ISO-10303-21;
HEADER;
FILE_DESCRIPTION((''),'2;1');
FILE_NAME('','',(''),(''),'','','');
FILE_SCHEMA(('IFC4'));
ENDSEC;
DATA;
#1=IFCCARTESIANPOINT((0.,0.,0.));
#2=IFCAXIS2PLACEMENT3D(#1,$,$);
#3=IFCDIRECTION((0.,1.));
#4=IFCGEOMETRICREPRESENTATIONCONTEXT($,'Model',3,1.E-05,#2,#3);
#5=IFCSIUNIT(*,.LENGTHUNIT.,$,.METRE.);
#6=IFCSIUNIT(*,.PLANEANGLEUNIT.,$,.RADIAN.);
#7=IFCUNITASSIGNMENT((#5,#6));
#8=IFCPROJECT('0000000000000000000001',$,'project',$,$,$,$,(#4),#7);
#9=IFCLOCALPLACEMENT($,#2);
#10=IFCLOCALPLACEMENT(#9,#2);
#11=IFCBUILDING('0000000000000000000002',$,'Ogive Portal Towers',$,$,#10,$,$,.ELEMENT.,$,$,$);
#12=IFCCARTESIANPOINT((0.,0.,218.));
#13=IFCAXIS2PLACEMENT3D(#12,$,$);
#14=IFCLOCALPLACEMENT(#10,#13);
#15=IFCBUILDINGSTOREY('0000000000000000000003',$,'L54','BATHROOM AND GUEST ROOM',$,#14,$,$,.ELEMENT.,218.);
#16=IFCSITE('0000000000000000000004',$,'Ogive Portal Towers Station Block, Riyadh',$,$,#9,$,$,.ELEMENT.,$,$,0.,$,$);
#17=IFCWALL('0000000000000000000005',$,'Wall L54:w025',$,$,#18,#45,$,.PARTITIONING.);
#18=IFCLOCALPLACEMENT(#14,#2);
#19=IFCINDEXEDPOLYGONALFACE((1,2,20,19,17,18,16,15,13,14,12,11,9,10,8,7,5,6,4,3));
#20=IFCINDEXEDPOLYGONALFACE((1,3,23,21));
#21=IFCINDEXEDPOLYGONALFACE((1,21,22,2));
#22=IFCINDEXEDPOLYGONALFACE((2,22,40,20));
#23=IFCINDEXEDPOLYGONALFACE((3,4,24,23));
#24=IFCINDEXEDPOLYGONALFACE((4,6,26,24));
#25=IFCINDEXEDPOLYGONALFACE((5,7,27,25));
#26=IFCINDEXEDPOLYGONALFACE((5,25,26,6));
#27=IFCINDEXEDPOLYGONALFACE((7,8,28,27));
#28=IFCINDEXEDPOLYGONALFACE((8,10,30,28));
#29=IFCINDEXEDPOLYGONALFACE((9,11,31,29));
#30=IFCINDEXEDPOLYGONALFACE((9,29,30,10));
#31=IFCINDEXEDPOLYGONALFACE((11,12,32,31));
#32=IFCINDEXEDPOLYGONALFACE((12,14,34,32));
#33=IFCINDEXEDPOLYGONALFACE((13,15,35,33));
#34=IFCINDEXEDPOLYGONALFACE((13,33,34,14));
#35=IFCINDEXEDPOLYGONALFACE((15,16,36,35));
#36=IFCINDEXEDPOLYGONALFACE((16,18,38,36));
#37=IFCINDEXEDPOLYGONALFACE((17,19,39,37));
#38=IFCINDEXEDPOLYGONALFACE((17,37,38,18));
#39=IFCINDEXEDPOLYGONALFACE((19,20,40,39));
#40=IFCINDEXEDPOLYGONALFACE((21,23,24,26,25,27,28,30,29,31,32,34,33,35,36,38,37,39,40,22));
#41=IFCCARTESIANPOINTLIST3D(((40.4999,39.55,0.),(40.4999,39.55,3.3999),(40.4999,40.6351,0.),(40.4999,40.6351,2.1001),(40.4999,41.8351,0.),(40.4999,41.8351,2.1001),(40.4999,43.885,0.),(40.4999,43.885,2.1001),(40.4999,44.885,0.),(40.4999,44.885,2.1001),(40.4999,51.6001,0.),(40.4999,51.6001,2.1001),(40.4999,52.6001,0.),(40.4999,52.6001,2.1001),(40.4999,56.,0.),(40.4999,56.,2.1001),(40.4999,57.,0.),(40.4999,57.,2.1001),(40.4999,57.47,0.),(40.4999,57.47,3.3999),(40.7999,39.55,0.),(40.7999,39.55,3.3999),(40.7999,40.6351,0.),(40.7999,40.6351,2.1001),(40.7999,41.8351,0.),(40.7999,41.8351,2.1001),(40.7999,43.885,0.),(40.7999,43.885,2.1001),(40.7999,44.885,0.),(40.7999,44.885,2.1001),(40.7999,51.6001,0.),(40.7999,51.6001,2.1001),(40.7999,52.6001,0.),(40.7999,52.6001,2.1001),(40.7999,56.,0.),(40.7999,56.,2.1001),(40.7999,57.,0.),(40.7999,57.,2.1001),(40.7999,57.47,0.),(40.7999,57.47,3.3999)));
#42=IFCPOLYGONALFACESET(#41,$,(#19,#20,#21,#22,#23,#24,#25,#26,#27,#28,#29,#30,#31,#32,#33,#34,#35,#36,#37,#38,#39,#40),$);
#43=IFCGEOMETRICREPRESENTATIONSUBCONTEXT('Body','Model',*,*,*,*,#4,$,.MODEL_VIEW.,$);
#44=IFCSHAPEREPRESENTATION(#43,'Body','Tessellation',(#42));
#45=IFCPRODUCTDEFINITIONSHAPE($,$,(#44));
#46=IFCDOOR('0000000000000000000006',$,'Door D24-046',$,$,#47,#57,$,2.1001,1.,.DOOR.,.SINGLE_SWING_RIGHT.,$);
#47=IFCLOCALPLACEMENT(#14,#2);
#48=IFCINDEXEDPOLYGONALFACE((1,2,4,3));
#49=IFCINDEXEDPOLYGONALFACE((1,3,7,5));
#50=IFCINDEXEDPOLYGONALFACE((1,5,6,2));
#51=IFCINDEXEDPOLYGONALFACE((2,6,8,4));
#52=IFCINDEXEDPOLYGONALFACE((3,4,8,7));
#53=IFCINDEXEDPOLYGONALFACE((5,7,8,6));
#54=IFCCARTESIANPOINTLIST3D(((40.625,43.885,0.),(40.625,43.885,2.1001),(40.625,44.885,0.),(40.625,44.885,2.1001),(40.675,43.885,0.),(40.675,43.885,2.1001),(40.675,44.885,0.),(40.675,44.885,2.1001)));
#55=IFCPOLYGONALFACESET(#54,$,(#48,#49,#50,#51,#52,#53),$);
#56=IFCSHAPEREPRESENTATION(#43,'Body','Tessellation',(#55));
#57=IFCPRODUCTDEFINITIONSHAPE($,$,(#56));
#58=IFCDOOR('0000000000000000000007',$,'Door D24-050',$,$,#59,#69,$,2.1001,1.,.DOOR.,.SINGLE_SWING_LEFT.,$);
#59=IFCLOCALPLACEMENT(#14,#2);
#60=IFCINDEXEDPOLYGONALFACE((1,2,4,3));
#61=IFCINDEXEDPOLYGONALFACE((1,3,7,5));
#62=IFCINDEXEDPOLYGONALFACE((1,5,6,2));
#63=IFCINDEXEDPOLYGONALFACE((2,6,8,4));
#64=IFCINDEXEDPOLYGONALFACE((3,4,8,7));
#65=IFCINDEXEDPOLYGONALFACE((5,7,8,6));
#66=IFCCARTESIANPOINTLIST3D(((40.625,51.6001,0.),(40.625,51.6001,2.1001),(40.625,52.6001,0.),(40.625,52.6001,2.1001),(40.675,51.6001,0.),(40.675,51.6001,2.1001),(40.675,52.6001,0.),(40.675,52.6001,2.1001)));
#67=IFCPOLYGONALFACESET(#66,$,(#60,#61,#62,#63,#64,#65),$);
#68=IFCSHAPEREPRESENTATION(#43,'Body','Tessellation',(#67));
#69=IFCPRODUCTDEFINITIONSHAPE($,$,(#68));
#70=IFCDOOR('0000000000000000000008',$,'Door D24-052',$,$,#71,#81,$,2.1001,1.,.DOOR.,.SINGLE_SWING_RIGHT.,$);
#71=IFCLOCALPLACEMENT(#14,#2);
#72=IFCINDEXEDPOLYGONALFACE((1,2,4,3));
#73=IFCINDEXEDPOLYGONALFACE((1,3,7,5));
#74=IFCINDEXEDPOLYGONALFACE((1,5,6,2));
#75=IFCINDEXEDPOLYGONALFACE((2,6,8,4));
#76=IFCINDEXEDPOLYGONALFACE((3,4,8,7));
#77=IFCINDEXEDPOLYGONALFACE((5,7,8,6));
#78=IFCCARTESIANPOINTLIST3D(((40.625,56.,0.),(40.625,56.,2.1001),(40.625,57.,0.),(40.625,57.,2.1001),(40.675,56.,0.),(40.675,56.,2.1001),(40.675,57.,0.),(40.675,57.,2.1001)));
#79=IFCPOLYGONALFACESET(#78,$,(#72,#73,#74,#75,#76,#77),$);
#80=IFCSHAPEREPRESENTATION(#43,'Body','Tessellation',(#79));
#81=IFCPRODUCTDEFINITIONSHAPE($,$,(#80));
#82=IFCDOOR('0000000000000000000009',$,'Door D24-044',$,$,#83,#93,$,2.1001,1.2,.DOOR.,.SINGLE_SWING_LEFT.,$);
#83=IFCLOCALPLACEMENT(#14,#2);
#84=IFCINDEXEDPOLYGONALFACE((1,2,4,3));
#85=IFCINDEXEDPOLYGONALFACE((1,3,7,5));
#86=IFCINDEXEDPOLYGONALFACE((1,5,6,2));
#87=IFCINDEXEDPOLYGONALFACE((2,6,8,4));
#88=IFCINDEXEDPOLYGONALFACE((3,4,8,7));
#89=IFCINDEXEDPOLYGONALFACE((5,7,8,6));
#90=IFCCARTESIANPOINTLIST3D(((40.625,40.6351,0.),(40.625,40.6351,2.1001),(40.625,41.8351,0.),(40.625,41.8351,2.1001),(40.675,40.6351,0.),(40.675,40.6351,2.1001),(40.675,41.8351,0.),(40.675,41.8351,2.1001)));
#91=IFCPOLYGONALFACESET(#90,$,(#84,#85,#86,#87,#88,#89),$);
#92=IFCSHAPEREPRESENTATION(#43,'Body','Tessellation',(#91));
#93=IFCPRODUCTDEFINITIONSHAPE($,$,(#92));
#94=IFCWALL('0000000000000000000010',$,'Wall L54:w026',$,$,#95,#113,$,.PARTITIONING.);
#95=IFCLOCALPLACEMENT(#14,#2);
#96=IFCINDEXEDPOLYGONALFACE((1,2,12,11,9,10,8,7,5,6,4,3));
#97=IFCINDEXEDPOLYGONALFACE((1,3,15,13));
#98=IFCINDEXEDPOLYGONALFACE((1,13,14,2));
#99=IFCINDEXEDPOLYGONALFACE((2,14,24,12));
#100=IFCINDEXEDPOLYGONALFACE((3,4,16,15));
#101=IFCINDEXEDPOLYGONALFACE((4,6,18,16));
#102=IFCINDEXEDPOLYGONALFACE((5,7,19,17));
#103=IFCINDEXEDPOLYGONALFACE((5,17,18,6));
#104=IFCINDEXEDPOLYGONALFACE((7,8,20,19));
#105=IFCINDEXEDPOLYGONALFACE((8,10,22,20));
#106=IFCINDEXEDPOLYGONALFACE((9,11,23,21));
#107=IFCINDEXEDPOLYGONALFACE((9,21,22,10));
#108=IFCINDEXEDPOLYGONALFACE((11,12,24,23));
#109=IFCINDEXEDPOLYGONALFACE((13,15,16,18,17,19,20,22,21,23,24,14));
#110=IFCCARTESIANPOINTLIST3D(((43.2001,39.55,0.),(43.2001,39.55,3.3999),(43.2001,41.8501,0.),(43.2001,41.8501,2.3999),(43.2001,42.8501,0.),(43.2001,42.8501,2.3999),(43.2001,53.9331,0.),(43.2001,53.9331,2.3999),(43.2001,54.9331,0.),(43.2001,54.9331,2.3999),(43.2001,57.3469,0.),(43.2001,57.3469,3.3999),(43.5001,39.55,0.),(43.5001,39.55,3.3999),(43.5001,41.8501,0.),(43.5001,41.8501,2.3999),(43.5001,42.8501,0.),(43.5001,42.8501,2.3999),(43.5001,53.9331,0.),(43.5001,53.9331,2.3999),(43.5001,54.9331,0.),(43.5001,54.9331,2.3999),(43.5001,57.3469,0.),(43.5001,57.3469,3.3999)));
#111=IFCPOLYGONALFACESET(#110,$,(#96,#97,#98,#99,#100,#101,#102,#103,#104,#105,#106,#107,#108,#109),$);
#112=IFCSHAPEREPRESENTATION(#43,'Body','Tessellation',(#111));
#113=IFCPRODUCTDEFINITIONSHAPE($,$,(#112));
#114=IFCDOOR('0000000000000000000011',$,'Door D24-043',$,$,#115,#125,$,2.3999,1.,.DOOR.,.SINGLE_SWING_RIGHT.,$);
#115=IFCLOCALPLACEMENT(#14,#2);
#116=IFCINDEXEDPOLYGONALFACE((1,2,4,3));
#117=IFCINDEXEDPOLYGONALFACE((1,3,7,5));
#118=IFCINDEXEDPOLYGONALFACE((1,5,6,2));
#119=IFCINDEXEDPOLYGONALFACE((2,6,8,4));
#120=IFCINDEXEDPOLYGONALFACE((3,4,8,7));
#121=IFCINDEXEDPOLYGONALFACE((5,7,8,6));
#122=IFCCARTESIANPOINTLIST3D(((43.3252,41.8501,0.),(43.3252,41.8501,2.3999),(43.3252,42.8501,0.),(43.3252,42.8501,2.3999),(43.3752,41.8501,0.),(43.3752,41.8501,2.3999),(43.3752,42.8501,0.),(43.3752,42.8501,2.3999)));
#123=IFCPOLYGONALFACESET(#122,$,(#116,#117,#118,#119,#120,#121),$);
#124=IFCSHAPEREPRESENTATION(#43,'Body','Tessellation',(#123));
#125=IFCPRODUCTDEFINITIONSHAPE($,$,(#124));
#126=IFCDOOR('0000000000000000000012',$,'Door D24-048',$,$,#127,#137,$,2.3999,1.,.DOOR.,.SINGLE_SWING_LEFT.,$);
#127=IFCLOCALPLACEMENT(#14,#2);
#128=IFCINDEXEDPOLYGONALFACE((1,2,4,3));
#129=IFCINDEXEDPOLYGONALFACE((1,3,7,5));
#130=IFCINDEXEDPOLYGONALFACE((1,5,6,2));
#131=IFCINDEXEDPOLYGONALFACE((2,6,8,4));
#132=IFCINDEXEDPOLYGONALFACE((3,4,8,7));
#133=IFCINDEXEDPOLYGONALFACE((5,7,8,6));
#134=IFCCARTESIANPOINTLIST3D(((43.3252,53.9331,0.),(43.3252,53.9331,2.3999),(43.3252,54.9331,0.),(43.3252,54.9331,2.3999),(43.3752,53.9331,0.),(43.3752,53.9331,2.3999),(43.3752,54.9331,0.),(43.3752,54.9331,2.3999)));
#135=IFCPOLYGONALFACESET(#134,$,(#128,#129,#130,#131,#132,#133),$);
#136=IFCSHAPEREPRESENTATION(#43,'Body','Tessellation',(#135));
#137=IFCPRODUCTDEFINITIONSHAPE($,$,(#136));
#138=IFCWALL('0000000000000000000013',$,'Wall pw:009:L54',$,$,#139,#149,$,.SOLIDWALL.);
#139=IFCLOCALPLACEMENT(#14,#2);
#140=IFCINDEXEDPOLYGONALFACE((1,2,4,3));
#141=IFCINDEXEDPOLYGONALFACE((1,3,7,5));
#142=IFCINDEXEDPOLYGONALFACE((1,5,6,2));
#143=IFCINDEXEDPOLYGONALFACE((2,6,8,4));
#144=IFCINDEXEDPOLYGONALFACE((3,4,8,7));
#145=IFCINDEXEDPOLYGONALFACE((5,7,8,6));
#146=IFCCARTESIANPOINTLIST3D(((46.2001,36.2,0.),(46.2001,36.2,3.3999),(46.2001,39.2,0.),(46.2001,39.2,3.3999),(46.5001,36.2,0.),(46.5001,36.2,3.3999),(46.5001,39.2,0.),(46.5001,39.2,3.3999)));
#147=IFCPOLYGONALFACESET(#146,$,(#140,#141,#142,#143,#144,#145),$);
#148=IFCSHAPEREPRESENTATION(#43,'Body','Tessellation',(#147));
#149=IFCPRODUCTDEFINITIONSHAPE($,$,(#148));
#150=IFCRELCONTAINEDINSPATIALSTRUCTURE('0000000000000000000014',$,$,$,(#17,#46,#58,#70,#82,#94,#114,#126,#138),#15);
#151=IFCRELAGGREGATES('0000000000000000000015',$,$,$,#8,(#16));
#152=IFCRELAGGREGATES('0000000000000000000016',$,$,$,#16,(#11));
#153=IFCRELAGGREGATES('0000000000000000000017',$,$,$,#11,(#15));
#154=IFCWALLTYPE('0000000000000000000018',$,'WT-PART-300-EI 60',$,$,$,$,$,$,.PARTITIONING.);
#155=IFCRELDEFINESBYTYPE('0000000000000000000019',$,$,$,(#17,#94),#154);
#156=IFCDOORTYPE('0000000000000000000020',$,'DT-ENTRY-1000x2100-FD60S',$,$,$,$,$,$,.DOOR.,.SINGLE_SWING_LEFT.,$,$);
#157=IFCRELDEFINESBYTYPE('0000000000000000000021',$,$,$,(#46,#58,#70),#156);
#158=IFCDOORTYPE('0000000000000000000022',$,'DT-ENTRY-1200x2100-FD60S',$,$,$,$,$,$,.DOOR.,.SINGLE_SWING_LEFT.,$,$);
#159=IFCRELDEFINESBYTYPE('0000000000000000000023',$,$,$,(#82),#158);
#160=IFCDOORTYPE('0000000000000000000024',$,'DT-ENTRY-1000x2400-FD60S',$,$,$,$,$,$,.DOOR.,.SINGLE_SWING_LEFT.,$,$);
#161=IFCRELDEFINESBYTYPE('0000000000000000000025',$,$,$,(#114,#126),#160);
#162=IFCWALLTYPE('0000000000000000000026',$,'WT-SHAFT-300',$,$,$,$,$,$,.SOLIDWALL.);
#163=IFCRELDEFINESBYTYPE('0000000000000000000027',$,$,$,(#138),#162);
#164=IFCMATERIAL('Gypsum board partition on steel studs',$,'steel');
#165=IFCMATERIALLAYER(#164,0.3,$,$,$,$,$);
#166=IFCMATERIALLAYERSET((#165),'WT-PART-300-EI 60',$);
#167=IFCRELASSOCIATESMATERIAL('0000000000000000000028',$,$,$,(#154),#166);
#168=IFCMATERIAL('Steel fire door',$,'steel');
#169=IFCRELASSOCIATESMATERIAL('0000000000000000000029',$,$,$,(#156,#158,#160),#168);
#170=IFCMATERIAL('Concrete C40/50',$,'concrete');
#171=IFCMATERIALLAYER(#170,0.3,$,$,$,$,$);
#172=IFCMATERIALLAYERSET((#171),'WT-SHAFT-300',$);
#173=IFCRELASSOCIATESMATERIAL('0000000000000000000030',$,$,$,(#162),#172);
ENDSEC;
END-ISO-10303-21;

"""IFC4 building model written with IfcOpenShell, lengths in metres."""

from ifc_helpers import new_model, si_unit, direction, frame, frame_2d, origin, place, context, subcontext, project, spatial, rectangle, extrude, material, layer, layer_set, type_object, element, fill, save


model = new_model("IFC4")

# Units and contexts
model_context = context("Model", 3, precision=1e-05, world=origin(), true_north=direction((0.0, 1.0)))
body_context = subcontext(model_context, "Body", "Model", "MODEL_VIEW")
ifc_project = project(units=[si_unit("LENGTHUNIT", "METRE"), si_unit("PLANEANGLEUNIT", "RADIAN")], contexts=[model_context])

# Site, building, storey
site_placement = place(None, origin())
site = spatial("IfcSite", under=ifc_project, at=site_placement, Name="Ogive Portal Towers Station Block, Riyadh", CompositionType="ELEMENT", RefElevation=0.0)
building_placement = place(site_placement, origin())
building = spatial("IfcBuilding", under=site, at=building_placement, Name="Ogive Portal Towers", CompositionType="ELEMENT")
storey_placement = place(building_placement, frame((0.0, 0.0, 218.0)))
storey = spatial("IfcBuildingStorey", under=building, at=storey_placement, Name="L54", Description="BATHROOM AND GUEST ROOM", CompositionType="ELEMENT", Elevation=218.0)

# Walls, openings, doors
ifc_material_1 = material(Name="Gypsum board partition on steel studs", Category="steel")
ifc_layer_1 = layer(ifc_material_1, 0.3)
ifc_layer_set_1 = layer_set([ifc_layer_1], Name="WT-PART-300-EI 60")
wall_type_1 = type_object("IfcWallType", Name="WT-PART-300-EI 60", PredefinedType="PARTITIONING", material=ifc_layer_set_1)
wall_1_placement = place(storey_placement, frame((40.6499, 39.55, 0.0), z_axis=(0.0, 0.0, 1.0), x_axis=(0.0, 1.0, 0.0)))
wall_1 = element("IfcWall", 1, at=wall_1_placement, inside=storey, type_object=wall_type_1, Name="Wall L54:w025", PredefinedType="PARTITIONING", context=body_context, shape_type="SweptSolid", body=[
    extrude(rectangle(XDim=17.9199, YDim=0.3, at=frame_2d((8.96, 0.0))), origin(), (0.0, 0.0, 1.0), 3.3999),
])
opening_1_placement = place(wall_1_placement, frame((1.085, 0.0, 0.0)))
opening_1 = element("IfcOpeningElement", 2, at=opening_1_placement, cuts=wall_1, PredefinedType="OPENING", context=body_context, shape_type="SweptSolid", body=[
    extrude(rectangle(XDim=1.2, YDim=2.1001, at=frame_2d((0.6001, 1.05))), frame((0.0, 0.1602, 0.0), z_axis=(0.0, -1.0, 0.0), x_axis=(1.0, 0.0, 0.0)), (0.0, 0.0, 1.0), 0.3201),
])
opening_2_placement = place(wall_1_placement, frame((4.335, 0.0, 0.0)))
opening_2 = element("IfcOpeningElement", 3, at=opening_2_placement, cuts=wall_1, PredefinedType="OPENING", context=body_context, shape_type="SweptSolid", body=[
    extrude(rectangle(XDim=1.0, YDim=2.1001, at=frame_2d((0.5, 1.05))), frame((0.0, 0.1602, 0.0), z_axis=(0.0, -1.0, 0.0), x_axis=(1.0, 0.0, 0.0)), (0.0, 0.0, 1.0), 0.3201),
])
opening_3_placement = place(wall_1_placement, frame((12.05, 0.0, 0.0)))
opening_3 = element("IfcOpeningElement", 4, at=opening_3_placement, cuts=wall_1, PredefinedType="OPENING", context=body_context, shape_type="SweptSolid", body=[
    extrude(rectangle(XDim=1.0, YDim=2.1001, at=frame_2d((0.5, 1.05))), frame((0.0, 0.1602, 0.0), z_axis=(0.0, -1.0, 0.0), x_axis=(1.0, 0.0, 0.0)), (0.0, 0.0, 1.0), 0.3201),
])
opening_4_placement = place(wall_1_placement, frame((16.45, 0.0, 0.0)))
opening_4 = element("IfcOpeningElement", 5, at=opening_4_placement, cuts=wall_1, PredefinedType="OPENING", context=body_context, shape_type="SweptSolid", body=[
    extrude(rectangle(XDim=1.0, YDim=2.1001, at=frame_2d((0.5, 1.05))), frame((0.0, 0.1602, 0.0), z_axis=(0.0, -1.0, 0.0), x_axis=(1.0, 0.0, 0.0)), (0.0, 0.0, 1.0), 0.3201),
])
ifc_material_2 = material(Name="Steel fire door", Category="steel")
door_type_1 = type_object("IfcDoorType", Name="DT-ENTRY-1000x2100-FD60S", OperationType="SINGLE_SWING_LEFT", PredefinedType="DOOR", material=ifc_material_2)
door_1_placement = place(opening_2_placement, origin())
door_1 = element("IfcDoor", 6, at=door_1_placement, inside=storey, type_object=door_type_1, Name="Door D24-046", OperationType="SINGLE_SWING_RIGHT", OverallHeight=2.1001, OverallWidth=1.0, PredefinedType="DOOR", context=body_context, shape_type="SweptSolid", body=[
    extrude(rectangle(XDim=1.0, YDim=2.1001, at=frame_2d((0.5, 1.05))), frame((0.0, 0.0249, 0.0), z_axis=(0.0, -1.0, 0.0), x_axis=(1.0, 0.0, 0.0)), (0.0, 0.0, 1.0), 0.05),
])
fill(opening_2, door_1)
door_2_placement = place(opening_3_placement, origin())
door_2 = element("IfcDoor", 7, at=door_2_placement, inside=storey, type_object=door_type_1, Name="Door D24-050", OperationType="SINGLE_SWING_LEFT", OverallHeight=2.1001, OverallWidth=1.0, PredefinedType="DOOR", context=body_context, shape_type="SweptSolid", body=[
    extrude(rectangle(XDim=1.0, YDim=2.1001, at=frame_2d((0.5, 1.05))), frame((0.0, 0.0249, 0.0), z_axis=(0.0, -1.0, 0.0), x_axis=(1.0, 0.0, 0.0)), (0.0, 0.0, 1.0), 0.05),
])
fill(opening_3, door_2)
door_3_placement = place(opening_4_placement, origin())
door_3 = element("IfcDoor", 8, at=door_3_placement, inside=storey, type_object=door_type_1, Name="Door D24-052", OperationType="SINGLE_SWING_RIGHT", OverallHeight=2.1001, OverallWidth=1.0, PredefinedType="DOOR", context=body_context, shape_type="SweptSolid", body=[
    extrude(rectangle(XDim=1.0, YDim=2.1001, at=frame_2d((0.5, 1.05))), frame((0.0, 0.0249, 0.0), z_axis=(0.0, -1.0, 0.0), x_axis=(1.0, 0.0, 0.0)), (0.0, 0.0, 1.0), 0.05),
])
fill(opening_4, door_3)
door_type_2 = type_object("IfcDoorType", Name="DT-ENTRY-1200x2100-FD60S", OperationType="SINGLE_SWING_LEFT", PredefinedType="DOOR", material=ifc_material_2)
door_4_placement = place(opening_1_placement, origin())
door_4 = element("IfcDoor", 9, at=door_4_placement, inside=storey, type_object=door_type_2, Name="Door D24-044", OperationType="SINGLE_SWING_LEFT", OverallHeight=2.1001, OverallWidth=1.2, PredefinedType="DOOR", context=body_context, shape_type="SweptSolid", body=[
    extrude(rectangle(XDim=1.2, YDim=2.1001, at=frame_2d((0.6001, 1.05))), frame((0.0, 0.0249, 0.0), z_axis=(0.0, -1.0, 0.0), x_axis=(1.0, 0.0, 0.0)), (0.0, 0.0, 1.0), 0.05),
])
fill(opening_1, door_4)
wall_2_placement = place(storey_placement, frame((43.3501, 39.55, 0.0), z_axis=(0.0, 0.0, 1.0), x_axis=(0.0, 1.0, 0.0)))
wall_2 = element("IfcWall", 10, at=wall_2_placement, inside=storey, type_object=wall_type_1, Name="Wall L54:w026", PredefinedType="PARTITIONING", context=body_context, shape_type="SweptSolid", body=[
    extrude(rectangle(XDim=17.7969, YDim=0.3, at=frame_2d((8.8984, 0.0))), origin(), (0.0, 0.0, 1.0), 3.3999),
])
opening_5_placement = place(wall_2_placement, frame((2.3, 0.0, 0.0)))
opening_5 = element("IfcOpeningElement", 11, at=opening_5_placement, cuts=wall_2, PredefinedType="OPENING", context=body_context, shape_type="SweptSolid", body=[
    extrude(rectangle(XDim=1.0, YDim=2.3999, at=frame_2d((0.5, 1.2))), frame((0.0, 0.1602, 0.0), z_axis=(0.0, -1.0, 0.0), x_axis=(1.0, 0.0, 0.0)), (0.0, 0.0, 1.0), 0.3201),
])
opening_6_placement = place(wall_2_placement, frame((14.3831, 0.0, 0.0)))
opening_6 = element("IfcOpeningElement", 12, at=opening_6_placement, cuts=wall_2, PredefinedType="OPENING", context=body_context, shape_type="SweptSolid", body=[
    extrude(rectangle(XDim=1.0, YDim=2.3999, at=frame_2d((0.5, 1.2))), frame((0.0, 0.1602, 0.0), z_axis=(0.0, -1.0, 0.0), x_axis=(1.0, 0.0, 0.0)), (0.0, 0.0, 1.0), 0.3201),
])
door_type_3 = type_object("IfcDoorType", Name="DT-ENTRY-1000x2400-FD60S", OperationType="SINGLE_SWING_LEFT", PredefinedType="DOOR", material=ifc_material_2)
door_5_placement = place(opening_5_placement, origin())
door_5 = element("IfcDoor", 13, at=door_5_placement, inside=storey, type_object=door_type_3, Name="Door D24-043", OperationType="SINGLE_SWING_RIGHT", OverallHeight=2.3999, OverallWidth=1.0, PredefinedType="DOOR", context=body_context, shape_type="SweptSolid", body=[
    extrude(rectangle(XDim=1.0, YDim=2.3999, at=frame_2d((0.5, 1.2))), frame((0.0, 0.0249, 0.0), z_axis=(0.0, -1.0, 0.0), x_axis=(1.0, 0.0, 0.0)), (0.0, 0.0, 1.0), 0.05),
])
fill(opening_5, door_5)
door_6_placement = place(opening_6_placement, origin())
door_6 = element("IfcDoor", 14, at=door_6_placement, inside=storey, type_object=door_type_3, Name="Door D24-048", OperationType="SINGLE_SWING_LEFT", OverallHeight=2.3999, OverallWidth=1.0, PredefinedType="DOOR", context=body_context, shape_type="SweptSolid", body=[
    extrude(rectangle(XDim=1.0, YDim=2.3999, at=frame_2d((0.5, 1.2))), frame((0.0, 0.0249, 0.0), z_axis=(0.0, -1.0, 0.0), x_axis=(1.0, 0.0, 0.0)), (0.0, 0.0, 1.0), 0.05),
])
fill(opening_6, door_6)

# Wall
ifc_material_3 = material(Name="Concrete C40/50", Category="concrete")
ifc_layer_2 = layer(ifc_material_3, 0.3)
ifc_layer_set_2 = layer_set([ifc_layer_2], Name="WT-SHAFT-300")
wall_type_2 = type_object("IfcWallType", Name="WT-SHAFT-300", PredefinedType="SOLIDWALL", material=ifc_layer_set_2)
wall_3_placement = place(storey_placement, frame((46.3501, 36.2, 0.0), z_axis=(0.0, 0.0, 1.0), x_axis=(0.0, 1.0, 0.0)))
element("IfcWall", 15, at=wall_3_placement, inside=storey, type_object=wall_type_2, Name="Wall pw:009:L54", PredefinedType="SOLIDWALL", context=body_context, shape_type="SweptSolid", body=[
    extrude(rectangle(XDim=3.0, YDim=0.3, at=frame_2d((1.5, 0.0))), origin(), (0.0, 0.0, 1.0), 3.3999),
])

save(model, "model.ifc")
